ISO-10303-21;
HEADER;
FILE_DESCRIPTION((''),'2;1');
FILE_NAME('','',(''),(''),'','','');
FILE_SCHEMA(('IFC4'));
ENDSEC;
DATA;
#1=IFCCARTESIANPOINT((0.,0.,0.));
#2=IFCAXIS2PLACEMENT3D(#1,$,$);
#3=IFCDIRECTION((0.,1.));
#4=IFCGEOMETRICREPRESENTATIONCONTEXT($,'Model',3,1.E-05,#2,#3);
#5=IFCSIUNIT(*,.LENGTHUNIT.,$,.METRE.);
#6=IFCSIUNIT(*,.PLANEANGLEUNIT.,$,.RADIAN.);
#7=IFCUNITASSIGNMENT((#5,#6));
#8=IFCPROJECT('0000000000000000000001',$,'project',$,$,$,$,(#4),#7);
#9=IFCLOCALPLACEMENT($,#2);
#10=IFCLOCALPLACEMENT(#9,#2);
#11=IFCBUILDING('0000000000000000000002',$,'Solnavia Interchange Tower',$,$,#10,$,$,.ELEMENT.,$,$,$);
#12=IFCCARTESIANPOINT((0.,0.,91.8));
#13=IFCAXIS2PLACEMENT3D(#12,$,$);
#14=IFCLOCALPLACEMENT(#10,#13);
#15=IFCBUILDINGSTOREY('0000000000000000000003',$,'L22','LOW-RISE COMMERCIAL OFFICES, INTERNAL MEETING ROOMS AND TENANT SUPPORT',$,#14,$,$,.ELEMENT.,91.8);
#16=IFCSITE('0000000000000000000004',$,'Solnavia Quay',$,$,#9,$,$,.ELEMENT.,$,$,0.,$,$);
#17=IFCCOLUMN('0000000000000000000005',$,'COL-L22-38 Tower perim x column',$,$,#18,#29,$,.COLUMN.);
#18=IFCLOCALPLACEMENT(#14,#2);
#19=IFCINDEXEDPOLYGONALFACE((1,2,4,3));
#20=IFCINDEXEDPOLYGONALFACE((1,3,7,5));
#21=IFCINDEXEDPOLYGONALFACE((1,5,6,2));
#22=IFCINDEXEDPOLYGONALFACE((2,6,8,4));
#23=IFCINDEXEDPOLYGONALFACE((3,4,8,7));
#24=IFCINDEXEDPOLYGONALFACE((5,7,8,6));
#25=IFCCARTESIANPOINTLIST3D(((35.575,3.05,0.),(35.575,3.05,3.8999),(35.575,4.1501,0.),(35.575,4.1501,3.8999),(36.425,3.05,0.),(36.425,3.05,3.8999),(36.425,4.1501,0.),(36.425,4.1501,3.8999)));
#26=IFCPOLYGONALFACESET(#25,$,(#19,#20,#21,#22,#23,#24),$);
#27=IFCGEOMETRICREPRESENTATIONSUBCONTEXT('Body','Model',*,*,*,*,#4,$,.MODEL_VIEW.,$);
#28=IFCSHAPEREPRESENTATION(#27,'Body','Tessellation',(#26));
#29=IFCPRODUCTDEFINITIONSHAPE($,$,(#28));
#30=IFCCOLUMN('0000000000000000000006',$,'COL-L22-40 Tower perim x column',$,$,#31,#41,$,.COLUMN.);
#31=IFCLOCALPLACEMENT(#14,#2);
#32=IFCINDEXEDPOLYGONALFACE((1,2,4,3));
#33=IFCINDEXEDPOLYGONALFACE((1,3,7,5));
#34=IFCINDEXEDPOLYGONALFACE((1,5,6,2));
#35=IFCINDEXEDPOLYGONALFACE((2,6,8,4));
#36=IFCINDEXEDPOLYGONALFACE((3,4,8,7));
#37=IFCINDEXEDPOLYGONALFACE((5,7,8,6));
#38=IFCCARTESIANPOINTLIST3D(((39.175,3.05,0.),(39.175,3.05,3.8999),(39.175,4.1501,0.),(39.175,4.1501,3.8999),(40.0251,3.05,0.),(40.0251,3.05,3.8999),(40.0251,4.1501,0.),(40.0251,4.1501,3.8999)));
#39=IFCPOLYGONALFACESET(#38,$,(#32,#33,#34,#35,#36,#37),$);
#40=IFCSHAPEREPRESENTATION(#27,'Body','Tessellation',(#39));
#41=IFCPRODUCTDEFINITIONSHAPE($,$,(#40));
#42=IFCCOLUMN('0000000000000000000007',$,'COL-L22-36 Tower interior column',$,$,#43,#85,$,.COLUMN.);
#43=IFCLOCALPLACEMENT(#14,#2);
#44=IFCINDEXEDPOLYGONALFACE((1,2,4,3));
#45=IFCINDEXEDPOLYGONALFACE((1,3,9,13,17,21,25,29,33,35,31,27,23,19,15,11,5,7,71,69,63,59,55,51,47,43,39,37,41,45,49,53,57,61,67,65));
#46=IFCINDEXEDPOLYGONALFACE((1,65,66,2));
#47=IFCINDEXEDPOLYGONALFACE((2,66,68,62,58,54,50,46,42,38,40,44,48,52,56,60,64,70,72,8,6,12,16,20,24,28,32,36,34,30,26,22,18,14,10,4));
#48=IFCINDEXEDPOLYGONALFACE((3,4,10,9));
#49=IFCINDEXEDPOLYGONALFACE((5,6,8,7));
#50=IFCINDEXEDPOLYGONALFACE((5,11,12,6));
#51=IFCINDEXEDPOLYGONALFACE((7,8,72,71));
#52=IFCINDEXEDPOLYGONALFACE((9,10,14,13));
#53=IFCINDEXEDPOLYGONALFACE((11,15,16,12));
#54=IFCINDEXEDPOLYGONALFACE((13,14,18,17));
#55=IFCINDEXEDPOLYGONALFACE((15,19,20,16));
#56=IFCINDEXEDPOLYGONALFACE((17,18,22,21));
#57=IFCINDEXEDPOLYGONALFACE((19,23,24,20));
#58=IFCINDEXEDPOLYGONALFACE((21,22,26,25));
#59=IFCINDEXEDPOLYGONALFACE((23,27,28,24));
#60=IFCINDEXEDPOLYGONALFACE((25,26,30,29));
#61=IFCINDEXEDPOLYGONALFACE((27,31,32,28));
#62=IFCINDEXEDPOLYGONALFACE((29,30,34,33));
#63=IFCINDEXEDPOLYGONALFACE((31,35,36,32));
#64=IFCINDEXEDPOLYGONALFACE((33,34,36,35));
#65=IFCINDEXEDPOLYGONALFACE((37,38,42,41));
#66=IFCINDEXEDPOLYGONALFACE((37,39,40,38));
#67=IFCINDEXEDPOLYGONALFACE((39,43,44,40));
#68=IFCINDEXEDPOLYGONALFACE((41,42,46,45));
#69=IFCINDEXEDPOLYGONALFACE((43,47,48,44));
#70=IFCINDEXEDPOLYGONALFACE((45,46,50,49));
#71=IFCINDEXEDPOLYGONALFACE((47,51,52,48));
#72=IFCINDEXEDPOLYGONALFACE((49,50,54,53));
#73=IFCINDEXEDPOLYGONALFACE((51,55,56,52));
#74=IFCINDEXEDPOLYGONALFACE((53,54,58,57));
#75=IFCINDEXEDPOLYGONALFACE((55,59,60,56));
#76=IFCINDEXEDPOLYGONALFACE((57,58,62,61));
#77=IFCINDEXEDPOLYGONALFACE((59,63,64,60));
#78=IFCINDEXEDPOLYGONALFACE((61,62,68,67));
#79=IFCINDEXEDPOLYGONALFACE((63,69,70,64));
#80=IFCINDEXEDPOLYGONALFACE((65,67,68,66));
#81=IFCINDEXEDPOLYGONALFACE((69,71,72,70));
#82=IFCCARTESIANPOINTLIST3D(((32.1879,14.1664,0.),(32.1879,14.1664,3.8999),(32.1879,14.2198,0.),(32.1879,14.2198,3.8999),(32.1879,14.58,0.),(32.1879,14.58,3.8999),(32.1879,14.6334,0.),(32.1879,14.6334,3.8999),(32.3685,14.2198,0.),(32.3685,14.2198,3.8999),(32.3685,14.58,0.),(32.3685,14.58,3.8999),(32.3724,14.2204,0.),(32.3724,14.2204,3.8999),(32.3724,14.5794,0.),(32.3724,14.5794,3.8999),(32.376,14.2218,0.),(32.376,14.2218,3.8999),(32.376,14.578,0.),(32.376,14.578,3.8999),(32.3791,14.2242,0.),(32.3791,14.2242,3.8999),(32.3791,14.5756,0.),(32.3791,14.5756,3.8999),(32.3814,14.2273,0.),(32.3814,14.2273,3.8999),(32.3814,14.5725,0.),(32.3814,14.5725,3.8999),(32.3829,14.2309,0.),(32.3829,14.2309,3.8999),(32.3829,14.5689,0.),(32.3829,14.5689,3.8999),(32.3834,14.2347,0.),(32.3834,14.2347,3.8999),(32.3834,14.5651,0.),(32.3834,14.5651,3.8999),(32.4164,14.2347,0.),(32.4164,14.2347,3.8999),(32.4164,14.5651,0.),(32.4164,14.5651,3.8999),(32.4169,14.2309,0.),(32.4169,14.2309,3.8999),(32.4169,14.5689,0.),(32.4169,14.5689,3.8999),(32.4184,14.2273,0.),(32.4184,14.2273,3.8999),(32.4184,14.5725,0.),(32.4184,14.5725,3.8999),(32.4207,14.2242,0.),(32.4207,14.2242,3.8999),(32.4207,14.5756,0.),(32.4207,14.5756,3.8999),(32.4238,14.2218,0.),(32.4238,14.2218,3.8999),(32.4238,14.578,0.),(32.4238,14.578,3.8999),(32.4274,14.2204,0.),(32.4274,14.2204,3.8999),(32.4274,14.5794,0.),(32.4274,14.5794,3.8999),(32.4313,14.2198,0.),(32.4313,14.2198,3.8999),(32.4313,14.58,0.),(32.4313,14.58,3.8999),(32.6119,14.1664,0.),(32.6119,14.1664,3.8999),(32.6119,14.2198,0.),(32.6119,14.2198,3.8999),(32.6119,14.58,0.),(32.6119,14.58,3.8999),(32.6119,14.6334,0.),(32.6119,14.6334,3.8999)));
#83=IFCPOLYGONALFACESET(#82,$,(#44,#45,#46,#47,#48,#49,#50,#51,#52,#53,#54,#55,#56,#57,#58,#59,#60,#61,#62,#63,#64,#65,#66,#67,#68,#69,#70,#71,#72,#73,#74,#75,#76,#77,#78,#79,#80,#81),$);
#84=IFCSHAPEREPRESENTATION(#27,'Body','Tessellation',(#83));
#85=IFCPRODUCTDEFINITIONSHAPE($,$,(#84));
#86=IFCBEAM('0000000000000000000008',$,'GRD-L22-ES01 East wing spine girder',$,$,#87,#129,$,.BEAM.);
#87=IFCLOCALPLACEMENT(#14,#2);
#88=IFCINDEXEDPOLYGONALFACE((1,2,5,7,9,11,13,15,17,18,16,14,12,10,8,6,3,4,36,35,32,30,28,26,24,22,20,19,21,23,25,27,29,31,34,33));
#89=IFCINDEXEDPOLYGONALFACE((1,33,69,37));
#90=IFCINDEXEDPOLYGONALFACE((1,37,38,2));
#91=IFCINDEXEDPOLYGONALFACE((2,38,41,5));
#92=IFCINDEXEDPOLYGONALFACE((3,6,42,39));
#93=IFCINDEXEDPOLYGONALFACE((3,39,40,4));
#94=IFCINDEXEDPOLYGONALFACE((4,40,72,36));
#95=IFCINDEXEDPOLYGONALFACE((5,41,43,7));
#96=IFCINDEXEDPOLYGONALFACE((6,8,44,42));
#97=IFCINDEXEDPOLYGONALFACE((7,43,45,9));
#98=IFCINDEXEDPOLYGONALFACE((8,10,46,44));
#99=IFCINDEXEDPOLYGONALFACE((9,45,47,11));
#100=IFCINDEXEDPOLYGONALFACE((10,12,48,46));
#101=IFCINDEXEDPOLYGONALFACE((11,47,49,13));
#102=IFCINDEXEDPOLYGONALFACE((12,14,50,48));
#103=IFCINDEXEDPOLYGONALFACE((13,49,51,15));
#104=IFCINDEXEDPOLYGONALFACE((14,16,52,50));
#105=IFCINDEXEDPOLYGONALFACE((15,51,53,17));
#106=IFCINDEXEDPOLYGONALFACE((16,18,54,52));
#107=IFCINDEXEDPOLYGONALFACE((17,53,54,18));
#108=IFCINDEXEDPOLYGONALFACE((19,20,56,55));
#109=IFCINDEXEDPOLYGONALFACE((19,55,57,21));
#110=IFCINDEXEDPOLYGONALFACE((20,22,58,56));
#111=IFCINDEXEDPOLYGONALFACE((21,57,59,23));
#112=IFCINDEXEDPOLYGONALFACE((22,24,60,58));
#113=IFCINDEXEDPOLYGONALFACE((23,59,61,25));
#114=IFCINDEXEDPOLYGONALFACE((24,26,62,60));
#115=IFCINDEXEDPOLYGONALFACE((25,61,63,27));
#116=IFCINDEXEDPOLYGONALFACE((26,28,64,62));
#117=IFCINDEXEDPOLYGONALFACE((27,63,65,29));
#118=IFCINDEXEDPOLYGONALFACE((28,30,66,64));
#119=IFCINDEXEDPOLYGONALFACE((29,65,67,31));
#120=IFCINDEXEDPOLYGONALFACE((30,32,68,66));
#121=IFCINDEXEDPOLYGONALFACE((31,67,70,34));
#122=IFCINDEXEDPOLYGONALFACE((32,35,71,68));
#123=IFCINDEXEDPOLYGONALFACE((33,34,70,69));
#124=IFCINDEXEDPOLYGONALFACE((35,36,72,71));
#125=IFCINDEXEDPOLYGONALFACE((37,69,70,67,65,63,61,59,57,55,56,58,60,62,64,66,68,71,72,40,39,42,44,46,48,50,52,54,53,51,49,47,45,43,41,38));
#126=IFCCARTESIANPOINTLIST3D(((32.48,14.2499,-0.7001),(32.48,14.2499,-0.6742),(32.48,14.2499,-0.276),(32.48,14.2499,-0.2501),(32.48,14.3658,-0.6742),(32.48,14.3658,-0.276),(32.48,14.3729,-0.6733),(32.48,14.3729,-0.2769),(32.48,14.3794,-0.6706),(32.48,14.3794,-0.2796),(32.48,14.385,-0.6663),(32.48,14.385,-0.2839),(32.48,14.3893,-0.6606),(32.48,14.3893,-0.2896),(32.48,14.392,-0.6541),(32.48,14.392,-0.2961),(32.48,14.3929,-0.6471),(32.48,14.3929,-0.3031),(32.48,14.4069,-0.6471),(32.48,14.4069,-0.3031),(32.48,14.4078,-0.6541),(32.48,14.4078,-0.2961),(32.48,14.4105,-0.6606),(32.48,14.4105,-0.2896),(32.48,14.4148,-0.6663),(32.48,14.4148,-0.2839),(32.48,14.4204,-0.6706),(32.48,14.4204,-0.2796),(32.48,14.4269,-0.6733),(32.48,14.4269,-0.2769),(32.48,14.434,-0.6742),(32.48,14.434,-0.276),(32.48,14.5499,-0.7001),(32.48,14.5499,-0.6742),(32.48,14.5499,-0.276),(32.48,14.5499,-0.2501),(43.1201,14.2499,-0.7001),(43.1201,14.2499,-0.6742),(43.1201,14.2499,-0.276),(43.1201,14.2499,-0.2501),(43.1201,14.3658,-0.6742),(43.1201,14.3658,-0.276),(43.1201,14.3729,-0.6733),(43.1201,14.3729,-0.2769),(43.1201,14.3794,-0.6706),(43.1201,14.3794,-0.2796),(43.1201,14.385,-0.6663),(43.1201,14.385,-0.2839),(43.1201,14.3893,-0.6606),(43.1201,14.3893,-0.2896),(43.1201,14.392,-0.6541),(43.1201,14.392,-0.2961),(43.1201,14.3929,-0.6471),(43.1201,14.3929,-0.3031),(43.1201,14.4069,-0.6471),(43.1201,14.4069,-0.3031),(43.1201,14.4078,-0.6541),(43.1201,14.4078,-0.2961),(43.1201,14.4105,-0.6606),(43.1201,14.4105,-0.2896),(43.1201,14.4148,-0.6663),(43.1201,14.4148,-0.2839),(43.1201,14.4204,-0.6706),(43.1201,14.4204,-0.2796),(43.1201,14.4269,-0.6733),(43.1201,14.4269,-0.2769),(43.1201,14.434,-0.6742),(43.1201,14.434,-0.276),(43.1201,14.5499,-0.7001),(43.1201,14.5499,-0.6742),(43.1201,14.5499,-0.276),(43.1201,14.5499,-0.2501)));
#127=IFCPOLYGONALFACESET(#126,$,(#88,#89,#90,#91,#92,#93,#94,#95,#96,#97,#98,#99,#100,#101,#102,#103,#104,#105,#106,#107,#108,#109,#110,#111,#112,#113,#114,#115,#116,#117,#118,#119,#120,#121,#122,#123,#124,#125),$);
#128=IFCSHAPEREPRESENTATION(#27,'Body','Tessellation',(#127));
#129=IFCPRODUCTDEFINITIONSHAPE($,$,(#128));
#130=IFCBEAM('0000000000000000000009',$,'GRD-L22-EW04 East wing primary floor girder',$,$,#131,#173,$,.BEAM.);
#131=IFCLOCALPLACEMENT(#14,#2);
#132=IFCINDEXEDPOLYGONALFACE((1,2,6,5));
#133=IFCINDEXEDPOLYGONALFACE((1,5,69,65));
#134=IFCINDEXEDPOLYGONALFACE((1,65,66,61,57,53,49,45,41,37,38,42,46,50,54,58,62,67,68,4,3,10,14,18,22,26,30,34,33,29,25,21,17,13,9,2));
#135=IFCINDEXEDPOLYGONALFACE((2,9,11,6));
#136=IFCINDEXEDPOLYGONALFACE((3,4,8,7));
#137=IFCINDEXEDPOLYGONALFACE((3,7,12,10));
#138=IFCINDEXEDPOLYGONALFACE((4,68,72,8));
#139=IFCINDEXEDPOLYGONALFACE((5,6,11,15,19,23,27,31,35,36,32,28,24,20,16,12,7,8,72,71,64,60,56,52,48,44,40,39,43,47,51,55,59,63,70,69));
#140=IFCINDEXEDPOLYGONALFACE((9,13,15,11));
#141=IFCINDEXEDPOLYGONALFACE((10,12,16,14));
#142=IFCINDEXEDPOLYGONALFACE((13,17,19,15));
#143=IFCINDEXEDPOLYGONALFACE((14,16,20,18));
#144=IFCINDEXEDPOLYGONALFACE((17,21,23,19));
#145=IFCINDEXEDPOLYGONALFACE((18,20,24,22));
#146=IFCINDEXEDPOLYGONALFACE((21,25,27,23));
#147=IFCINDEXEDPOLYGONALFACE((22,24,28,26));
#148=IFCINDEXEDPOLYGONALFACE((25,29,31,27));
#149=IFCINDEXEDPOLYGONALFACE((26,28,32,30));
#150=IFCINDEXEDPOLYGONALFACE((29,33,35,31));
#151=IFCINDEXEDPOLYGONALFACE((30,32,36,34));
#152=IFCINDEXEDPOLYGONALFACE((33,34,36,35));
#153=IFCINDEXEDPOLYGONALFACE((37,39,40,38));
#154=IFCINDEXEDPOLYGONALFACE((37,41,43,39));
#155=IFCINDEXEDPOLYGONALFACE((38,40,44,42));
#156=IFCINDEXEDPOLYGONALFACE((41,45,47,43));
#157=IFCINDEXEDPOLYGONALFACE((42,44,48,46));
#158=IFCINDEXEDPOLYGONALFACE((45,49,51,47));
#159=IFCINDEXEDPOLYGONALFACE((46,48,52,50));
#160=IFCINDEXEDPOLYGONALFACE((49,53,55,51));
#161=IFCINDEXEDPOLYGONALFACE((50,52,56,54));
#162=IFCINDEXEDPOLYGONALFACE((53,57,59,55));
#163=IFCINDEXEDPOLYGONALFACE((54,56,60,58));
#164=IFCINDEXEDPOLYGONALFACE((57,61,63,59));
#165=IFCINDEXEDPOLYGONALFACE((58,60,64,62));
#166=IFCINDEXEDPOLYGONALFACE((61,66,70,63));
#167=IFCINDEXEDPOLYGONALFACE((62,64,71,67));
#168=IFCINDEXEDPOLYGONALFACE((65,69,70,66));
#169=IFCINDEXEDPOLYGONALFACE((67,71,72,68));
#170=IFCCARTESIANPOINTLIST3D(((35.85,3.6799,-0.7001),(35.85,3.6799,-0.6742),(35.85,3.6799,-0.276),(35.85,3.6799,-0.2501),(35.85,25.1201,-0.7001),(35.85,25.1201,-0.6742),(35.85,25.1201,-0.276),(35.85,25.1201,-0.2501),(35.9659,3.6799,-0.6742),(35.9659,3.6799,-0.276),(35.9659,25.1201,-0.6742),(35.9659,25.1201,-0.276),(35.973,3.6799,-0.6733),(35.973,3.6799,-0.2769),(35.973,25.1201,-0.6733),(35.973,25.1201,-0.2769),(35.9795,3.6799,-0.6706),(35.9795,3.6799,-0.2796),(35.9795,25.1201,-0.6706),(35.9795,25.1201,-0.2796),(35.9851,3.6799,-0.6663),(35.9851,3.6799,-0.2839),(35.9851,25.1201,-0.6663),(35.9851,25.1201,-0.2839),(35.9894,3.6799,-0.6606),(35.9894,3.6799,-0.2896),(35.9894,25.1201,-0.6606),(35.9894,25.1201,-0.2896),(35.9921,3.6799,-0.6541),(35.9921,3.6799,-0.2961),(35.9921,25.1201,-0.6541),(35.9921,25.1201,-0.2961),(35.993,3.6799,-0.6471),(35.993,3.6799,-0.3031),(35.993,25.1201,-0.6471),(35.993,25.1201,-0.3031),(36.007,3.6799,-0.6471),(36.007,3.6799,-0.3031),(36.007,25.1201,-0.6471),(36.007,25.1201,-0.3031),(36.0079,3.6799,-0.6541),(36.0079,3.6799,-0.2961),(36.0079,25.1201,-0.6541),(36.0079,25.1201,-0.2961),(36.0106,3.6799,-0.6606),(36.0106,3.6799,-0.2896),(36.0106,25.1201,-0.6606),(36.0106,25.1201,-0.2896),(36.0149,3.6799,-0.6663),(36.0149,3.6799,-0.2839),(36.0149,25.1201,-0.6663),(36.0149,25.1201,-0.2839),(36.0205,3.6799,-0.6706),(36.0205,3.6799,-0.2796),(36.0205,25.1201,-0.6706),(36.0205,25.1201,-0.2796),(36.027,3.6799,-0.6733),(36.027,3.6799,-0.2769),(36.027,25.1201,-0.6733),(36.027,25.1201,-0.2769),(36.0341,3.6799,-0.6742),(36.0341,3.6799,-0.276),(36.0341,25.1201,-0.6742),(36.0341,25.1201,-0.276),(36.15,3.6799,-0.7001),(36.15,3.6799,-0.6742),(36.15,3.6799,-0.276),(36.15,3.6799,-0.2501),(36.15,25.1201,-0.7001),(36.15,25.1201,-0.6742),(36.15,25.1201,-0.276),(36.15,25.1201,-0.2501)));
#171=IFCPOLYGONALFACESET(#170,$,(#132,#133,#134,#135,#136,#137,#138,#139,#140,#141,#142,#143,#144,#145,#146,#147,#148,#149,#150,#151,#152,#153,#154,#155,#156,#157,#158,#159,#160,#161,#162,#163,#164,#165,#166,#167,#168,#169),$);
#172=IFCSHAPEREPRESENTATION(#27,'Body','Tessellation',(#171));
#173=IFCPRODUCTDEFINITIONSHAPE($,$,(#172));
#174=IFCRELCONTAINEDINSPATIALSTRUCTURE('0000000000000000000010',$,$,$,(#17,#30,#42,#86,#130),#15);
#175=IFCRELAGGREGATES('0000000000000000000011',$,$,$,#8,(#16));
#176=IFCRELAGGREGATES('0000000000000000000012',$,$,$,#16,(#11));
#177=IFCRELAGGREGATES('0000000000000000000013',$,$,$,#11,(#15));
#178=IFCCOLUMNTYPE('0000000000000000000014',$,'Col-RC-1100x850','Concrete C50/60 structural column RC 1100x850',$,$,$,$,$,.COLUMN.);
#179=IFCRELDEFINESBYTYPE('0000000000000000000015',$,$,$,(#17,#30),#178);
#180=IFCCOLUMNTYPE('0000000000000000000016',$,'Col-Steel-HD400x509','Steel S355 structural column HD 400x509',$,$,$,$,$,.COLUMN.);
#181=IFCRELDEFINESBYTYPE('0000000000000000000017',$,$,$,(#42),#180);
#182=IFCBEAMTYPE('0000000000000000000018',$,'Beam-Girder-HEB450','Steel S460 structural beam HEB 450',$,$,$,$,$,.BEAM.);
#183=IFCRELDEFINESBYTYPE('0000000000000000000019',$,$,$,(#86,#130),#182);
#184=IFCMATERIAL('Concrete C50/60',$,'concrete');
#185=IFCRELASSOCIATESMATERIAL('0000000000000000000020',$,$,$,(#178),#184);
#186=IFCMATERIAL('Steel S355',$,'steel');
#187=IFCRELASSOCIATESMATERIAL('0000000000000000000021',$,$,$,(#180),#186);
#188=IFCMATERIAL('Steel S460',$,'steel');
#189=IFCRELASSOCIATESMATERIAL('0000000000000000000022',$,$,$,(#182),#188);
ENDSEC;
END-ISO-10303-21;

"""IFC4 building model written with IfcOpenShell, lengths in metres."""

from ifc_helpers import new_model, si_unit, direction, frame, origin, origin_2d, place, context, subcontext, project, spatial, rectangle, i_section, extrude, material, material_profile, profile_set, type_object, element, save


model = new_model("IFC4")

# Units and contexts
model_context = context("Model", 3, precision=1e-05, world=origin(), true_north=direction((0.0, 1.0)))
body_context = subcontext(model_context, "Body", "Model", "MODEL_VIEW")
ifc_project = project(units=[si_unit("LENGTHUNIT", "METRE"), si_unit("PLANEANGLEUNIT", "RADIAN")], contexts=[model_context])

# Site, building, storey
site_placement = place(None, origin())
site = spatial("IfcSite", under=ifc_project, at=site_placement, Name="Solnavia Quay", CompositionType="ELEMENT", RefElevation=0.0)
building_placement = place(site_placement, origin())
building = spatial("IfcBuilding", under=site, at=building_placement, Name="Solnavia Interchange Tower", CompositionType="ELEMENT")
storey_placement = place(building_placement, frame((0.0, 0.0, 91.8)))
storey = spatial("IfcBuildingStorey", under=building, at=storey_placement, Name="L22", Description="LOW-RISE COMMERCIAL OFFICES, INTERNAL MEETING ROOMS AND TENANT SUPPORT", CompositionType="ELEMENT", Elevation=91.8)

# Columns
ifc_material_1 = material(Name="Concrete C50/60", Category="concrete")
ifc_material_profile_1 = material_profile(ifc_material_1, rectangle(XDim=0.8501, YDim=1.1001, at=origin_2d()), Name="RC 1100x850")
ifc_profile_set_1 = profile_set([ifc_material_profile_1], Name="Concrete C50/60")
column_type_1 = type_object("IfcColumnType", Name="Col-RC-1100x850", Description="Concrete C50/60 structural column RC 1100x850", PredefinedType="COLUMN", material=ifc_profile_set_1)
for number, where, z_axis, x_axis, name in (
    (1, (36.0, 3.6001, 0.0), (0.0, 0.0, 1.0), (1.0, 0.0, 0.0), "COL-L22-38 Tower perim x column"),
    (2, (39.6001, 3.6001, 0.0), (0.0, 0.0, 1.0), (1.0, 0.0, 0.0), "COL-L22-40 Tower perim x column"),
):
    element("IfcColumn", number, at=place(storey_placement, frame(where, z_axis=z_axis, x_axis=x_axis)), inside=storey, type_object=column_type_1, Name=name, PredefinedType="COLUMN", context=body_context, shape_type="SweptSolid", body=[
        extrude(rectangle(XDim=0.8501, YDim=1.1001, at=origin_2d()), origin(), (0.0, 0.0, 1.0), 3.8999),
    ])
ifc_material_2 = material(Name="Steel S355", Category="steel")
ifc_material_profile_2 = material_profile(ifc_material_2, i_section(OverallWidth=0.4241, OverallDepth=0.467, WebThickness=0.033, FlangeThickness=0.0535, FilletRadius=0.0149, at=origin_2d()), Name="HD 400x509")
ifc_profile_set_2 = profile_set([ifc_material_profile_2], Name="Steel S355")
column_type_2 = type_object("IfcColumnType", Name="Col-Steel-HD400x509", Description="Steel S355 structural column HD 400x509", PredefinedType="COLUMN", material=ifc_profile_set_2)
column_placement = place(storey_placement, frame((32.3999, 14.3999, 0.0), z_axis=(0.0, 0.0, 1.0), x_axis=(1.0, 0.0, 0.0)))
element("IfcColumn", 3, at=column_placement, inside=storey, type_object=column_type_2, Name="COL-L22-36 Tower interior column", PredefinedType="COLUMN", context=body_context, shape_type="SweptSolid", body=[
    extrude(i_section(OverallWidth=0.4241, OverallDepth=0.467, WebThickness=0.033, FlangeThickness=0.0535, FilletRadius=0.0149, at=origin_2d()), origin(), (0.0, 0.0, 1.0), 3.8999),
])

# Beams
ifc_material_3 = material(Name="Steel S460", Category="steel")
ifc_material_profile_3 = material_profile(ifc_material_3, i_section(OverallWidth=0.3, OverallDepth=0.45, WebThickness=0.0139, FlangeThickness=0.0259, FilletRadius=0.0271, at=origin_2d()), Name="HEB 450")
ifc_profile_set_3 = profile_set([ifc_material_profile_3], Name="Steel S460")
beam_type_1 = type_object("IfcBeamType", Name="Beam-Girder-HEB450", Description="Steel S460 structural beam HEB 450", PredefinedType="BEAM", material=ifc_profile_set_3)
beam_1_placement = place(storey_placement, frame((32.48, 14.3999, -0.4751), z_axis=(1.0, 0.0, 0.0), x_axis=(0.0, 1.0, 0.0)))
element("IfcBeam", 4, at=beam_1_placement, inside=storey, type_object=beam_type_1, Name="GRD-L22-ES01 East wing spine girder", PredefinedType="BEAM", context=body_context, shape_type="SweptSolid", body=[
    extrude(i_section(OverallWidth=0.3, OverallDepth=0.45, WebThickness=0.0139, FlangeThickness=0.0259, FilletRadius=0.0271, at=origin_2d()), origin(), (0.0, 0.0, 1.0), 10.6401),
])
beam_2_placement = place(storey_placement, frame((36.0, 3.6799, -0.4751), z_axis=(0.0, 1.0, 0.0), x_axis=(-1.0, 0.0, 0.0)))
element("IfcBeam", 5, at=beam_2_placement, inside=storey, type_object=beam_type_1, Name="GRD-L22-EW04 East wing primary floor girder", PredefinedType="BEAM", context=body_context, shape_type="SweptSolid", body=[
    extrude(i_section(OverallWidth=0.3, OverallDepth=0.45, WebThickness=0.0139, FlangeThickness=0.0259, FilletRadius=0.0271, at=origin_2d()), origin(), (0.0, 0.0, 1.0), 21.4402),
])

save(model, "model.ifc")
